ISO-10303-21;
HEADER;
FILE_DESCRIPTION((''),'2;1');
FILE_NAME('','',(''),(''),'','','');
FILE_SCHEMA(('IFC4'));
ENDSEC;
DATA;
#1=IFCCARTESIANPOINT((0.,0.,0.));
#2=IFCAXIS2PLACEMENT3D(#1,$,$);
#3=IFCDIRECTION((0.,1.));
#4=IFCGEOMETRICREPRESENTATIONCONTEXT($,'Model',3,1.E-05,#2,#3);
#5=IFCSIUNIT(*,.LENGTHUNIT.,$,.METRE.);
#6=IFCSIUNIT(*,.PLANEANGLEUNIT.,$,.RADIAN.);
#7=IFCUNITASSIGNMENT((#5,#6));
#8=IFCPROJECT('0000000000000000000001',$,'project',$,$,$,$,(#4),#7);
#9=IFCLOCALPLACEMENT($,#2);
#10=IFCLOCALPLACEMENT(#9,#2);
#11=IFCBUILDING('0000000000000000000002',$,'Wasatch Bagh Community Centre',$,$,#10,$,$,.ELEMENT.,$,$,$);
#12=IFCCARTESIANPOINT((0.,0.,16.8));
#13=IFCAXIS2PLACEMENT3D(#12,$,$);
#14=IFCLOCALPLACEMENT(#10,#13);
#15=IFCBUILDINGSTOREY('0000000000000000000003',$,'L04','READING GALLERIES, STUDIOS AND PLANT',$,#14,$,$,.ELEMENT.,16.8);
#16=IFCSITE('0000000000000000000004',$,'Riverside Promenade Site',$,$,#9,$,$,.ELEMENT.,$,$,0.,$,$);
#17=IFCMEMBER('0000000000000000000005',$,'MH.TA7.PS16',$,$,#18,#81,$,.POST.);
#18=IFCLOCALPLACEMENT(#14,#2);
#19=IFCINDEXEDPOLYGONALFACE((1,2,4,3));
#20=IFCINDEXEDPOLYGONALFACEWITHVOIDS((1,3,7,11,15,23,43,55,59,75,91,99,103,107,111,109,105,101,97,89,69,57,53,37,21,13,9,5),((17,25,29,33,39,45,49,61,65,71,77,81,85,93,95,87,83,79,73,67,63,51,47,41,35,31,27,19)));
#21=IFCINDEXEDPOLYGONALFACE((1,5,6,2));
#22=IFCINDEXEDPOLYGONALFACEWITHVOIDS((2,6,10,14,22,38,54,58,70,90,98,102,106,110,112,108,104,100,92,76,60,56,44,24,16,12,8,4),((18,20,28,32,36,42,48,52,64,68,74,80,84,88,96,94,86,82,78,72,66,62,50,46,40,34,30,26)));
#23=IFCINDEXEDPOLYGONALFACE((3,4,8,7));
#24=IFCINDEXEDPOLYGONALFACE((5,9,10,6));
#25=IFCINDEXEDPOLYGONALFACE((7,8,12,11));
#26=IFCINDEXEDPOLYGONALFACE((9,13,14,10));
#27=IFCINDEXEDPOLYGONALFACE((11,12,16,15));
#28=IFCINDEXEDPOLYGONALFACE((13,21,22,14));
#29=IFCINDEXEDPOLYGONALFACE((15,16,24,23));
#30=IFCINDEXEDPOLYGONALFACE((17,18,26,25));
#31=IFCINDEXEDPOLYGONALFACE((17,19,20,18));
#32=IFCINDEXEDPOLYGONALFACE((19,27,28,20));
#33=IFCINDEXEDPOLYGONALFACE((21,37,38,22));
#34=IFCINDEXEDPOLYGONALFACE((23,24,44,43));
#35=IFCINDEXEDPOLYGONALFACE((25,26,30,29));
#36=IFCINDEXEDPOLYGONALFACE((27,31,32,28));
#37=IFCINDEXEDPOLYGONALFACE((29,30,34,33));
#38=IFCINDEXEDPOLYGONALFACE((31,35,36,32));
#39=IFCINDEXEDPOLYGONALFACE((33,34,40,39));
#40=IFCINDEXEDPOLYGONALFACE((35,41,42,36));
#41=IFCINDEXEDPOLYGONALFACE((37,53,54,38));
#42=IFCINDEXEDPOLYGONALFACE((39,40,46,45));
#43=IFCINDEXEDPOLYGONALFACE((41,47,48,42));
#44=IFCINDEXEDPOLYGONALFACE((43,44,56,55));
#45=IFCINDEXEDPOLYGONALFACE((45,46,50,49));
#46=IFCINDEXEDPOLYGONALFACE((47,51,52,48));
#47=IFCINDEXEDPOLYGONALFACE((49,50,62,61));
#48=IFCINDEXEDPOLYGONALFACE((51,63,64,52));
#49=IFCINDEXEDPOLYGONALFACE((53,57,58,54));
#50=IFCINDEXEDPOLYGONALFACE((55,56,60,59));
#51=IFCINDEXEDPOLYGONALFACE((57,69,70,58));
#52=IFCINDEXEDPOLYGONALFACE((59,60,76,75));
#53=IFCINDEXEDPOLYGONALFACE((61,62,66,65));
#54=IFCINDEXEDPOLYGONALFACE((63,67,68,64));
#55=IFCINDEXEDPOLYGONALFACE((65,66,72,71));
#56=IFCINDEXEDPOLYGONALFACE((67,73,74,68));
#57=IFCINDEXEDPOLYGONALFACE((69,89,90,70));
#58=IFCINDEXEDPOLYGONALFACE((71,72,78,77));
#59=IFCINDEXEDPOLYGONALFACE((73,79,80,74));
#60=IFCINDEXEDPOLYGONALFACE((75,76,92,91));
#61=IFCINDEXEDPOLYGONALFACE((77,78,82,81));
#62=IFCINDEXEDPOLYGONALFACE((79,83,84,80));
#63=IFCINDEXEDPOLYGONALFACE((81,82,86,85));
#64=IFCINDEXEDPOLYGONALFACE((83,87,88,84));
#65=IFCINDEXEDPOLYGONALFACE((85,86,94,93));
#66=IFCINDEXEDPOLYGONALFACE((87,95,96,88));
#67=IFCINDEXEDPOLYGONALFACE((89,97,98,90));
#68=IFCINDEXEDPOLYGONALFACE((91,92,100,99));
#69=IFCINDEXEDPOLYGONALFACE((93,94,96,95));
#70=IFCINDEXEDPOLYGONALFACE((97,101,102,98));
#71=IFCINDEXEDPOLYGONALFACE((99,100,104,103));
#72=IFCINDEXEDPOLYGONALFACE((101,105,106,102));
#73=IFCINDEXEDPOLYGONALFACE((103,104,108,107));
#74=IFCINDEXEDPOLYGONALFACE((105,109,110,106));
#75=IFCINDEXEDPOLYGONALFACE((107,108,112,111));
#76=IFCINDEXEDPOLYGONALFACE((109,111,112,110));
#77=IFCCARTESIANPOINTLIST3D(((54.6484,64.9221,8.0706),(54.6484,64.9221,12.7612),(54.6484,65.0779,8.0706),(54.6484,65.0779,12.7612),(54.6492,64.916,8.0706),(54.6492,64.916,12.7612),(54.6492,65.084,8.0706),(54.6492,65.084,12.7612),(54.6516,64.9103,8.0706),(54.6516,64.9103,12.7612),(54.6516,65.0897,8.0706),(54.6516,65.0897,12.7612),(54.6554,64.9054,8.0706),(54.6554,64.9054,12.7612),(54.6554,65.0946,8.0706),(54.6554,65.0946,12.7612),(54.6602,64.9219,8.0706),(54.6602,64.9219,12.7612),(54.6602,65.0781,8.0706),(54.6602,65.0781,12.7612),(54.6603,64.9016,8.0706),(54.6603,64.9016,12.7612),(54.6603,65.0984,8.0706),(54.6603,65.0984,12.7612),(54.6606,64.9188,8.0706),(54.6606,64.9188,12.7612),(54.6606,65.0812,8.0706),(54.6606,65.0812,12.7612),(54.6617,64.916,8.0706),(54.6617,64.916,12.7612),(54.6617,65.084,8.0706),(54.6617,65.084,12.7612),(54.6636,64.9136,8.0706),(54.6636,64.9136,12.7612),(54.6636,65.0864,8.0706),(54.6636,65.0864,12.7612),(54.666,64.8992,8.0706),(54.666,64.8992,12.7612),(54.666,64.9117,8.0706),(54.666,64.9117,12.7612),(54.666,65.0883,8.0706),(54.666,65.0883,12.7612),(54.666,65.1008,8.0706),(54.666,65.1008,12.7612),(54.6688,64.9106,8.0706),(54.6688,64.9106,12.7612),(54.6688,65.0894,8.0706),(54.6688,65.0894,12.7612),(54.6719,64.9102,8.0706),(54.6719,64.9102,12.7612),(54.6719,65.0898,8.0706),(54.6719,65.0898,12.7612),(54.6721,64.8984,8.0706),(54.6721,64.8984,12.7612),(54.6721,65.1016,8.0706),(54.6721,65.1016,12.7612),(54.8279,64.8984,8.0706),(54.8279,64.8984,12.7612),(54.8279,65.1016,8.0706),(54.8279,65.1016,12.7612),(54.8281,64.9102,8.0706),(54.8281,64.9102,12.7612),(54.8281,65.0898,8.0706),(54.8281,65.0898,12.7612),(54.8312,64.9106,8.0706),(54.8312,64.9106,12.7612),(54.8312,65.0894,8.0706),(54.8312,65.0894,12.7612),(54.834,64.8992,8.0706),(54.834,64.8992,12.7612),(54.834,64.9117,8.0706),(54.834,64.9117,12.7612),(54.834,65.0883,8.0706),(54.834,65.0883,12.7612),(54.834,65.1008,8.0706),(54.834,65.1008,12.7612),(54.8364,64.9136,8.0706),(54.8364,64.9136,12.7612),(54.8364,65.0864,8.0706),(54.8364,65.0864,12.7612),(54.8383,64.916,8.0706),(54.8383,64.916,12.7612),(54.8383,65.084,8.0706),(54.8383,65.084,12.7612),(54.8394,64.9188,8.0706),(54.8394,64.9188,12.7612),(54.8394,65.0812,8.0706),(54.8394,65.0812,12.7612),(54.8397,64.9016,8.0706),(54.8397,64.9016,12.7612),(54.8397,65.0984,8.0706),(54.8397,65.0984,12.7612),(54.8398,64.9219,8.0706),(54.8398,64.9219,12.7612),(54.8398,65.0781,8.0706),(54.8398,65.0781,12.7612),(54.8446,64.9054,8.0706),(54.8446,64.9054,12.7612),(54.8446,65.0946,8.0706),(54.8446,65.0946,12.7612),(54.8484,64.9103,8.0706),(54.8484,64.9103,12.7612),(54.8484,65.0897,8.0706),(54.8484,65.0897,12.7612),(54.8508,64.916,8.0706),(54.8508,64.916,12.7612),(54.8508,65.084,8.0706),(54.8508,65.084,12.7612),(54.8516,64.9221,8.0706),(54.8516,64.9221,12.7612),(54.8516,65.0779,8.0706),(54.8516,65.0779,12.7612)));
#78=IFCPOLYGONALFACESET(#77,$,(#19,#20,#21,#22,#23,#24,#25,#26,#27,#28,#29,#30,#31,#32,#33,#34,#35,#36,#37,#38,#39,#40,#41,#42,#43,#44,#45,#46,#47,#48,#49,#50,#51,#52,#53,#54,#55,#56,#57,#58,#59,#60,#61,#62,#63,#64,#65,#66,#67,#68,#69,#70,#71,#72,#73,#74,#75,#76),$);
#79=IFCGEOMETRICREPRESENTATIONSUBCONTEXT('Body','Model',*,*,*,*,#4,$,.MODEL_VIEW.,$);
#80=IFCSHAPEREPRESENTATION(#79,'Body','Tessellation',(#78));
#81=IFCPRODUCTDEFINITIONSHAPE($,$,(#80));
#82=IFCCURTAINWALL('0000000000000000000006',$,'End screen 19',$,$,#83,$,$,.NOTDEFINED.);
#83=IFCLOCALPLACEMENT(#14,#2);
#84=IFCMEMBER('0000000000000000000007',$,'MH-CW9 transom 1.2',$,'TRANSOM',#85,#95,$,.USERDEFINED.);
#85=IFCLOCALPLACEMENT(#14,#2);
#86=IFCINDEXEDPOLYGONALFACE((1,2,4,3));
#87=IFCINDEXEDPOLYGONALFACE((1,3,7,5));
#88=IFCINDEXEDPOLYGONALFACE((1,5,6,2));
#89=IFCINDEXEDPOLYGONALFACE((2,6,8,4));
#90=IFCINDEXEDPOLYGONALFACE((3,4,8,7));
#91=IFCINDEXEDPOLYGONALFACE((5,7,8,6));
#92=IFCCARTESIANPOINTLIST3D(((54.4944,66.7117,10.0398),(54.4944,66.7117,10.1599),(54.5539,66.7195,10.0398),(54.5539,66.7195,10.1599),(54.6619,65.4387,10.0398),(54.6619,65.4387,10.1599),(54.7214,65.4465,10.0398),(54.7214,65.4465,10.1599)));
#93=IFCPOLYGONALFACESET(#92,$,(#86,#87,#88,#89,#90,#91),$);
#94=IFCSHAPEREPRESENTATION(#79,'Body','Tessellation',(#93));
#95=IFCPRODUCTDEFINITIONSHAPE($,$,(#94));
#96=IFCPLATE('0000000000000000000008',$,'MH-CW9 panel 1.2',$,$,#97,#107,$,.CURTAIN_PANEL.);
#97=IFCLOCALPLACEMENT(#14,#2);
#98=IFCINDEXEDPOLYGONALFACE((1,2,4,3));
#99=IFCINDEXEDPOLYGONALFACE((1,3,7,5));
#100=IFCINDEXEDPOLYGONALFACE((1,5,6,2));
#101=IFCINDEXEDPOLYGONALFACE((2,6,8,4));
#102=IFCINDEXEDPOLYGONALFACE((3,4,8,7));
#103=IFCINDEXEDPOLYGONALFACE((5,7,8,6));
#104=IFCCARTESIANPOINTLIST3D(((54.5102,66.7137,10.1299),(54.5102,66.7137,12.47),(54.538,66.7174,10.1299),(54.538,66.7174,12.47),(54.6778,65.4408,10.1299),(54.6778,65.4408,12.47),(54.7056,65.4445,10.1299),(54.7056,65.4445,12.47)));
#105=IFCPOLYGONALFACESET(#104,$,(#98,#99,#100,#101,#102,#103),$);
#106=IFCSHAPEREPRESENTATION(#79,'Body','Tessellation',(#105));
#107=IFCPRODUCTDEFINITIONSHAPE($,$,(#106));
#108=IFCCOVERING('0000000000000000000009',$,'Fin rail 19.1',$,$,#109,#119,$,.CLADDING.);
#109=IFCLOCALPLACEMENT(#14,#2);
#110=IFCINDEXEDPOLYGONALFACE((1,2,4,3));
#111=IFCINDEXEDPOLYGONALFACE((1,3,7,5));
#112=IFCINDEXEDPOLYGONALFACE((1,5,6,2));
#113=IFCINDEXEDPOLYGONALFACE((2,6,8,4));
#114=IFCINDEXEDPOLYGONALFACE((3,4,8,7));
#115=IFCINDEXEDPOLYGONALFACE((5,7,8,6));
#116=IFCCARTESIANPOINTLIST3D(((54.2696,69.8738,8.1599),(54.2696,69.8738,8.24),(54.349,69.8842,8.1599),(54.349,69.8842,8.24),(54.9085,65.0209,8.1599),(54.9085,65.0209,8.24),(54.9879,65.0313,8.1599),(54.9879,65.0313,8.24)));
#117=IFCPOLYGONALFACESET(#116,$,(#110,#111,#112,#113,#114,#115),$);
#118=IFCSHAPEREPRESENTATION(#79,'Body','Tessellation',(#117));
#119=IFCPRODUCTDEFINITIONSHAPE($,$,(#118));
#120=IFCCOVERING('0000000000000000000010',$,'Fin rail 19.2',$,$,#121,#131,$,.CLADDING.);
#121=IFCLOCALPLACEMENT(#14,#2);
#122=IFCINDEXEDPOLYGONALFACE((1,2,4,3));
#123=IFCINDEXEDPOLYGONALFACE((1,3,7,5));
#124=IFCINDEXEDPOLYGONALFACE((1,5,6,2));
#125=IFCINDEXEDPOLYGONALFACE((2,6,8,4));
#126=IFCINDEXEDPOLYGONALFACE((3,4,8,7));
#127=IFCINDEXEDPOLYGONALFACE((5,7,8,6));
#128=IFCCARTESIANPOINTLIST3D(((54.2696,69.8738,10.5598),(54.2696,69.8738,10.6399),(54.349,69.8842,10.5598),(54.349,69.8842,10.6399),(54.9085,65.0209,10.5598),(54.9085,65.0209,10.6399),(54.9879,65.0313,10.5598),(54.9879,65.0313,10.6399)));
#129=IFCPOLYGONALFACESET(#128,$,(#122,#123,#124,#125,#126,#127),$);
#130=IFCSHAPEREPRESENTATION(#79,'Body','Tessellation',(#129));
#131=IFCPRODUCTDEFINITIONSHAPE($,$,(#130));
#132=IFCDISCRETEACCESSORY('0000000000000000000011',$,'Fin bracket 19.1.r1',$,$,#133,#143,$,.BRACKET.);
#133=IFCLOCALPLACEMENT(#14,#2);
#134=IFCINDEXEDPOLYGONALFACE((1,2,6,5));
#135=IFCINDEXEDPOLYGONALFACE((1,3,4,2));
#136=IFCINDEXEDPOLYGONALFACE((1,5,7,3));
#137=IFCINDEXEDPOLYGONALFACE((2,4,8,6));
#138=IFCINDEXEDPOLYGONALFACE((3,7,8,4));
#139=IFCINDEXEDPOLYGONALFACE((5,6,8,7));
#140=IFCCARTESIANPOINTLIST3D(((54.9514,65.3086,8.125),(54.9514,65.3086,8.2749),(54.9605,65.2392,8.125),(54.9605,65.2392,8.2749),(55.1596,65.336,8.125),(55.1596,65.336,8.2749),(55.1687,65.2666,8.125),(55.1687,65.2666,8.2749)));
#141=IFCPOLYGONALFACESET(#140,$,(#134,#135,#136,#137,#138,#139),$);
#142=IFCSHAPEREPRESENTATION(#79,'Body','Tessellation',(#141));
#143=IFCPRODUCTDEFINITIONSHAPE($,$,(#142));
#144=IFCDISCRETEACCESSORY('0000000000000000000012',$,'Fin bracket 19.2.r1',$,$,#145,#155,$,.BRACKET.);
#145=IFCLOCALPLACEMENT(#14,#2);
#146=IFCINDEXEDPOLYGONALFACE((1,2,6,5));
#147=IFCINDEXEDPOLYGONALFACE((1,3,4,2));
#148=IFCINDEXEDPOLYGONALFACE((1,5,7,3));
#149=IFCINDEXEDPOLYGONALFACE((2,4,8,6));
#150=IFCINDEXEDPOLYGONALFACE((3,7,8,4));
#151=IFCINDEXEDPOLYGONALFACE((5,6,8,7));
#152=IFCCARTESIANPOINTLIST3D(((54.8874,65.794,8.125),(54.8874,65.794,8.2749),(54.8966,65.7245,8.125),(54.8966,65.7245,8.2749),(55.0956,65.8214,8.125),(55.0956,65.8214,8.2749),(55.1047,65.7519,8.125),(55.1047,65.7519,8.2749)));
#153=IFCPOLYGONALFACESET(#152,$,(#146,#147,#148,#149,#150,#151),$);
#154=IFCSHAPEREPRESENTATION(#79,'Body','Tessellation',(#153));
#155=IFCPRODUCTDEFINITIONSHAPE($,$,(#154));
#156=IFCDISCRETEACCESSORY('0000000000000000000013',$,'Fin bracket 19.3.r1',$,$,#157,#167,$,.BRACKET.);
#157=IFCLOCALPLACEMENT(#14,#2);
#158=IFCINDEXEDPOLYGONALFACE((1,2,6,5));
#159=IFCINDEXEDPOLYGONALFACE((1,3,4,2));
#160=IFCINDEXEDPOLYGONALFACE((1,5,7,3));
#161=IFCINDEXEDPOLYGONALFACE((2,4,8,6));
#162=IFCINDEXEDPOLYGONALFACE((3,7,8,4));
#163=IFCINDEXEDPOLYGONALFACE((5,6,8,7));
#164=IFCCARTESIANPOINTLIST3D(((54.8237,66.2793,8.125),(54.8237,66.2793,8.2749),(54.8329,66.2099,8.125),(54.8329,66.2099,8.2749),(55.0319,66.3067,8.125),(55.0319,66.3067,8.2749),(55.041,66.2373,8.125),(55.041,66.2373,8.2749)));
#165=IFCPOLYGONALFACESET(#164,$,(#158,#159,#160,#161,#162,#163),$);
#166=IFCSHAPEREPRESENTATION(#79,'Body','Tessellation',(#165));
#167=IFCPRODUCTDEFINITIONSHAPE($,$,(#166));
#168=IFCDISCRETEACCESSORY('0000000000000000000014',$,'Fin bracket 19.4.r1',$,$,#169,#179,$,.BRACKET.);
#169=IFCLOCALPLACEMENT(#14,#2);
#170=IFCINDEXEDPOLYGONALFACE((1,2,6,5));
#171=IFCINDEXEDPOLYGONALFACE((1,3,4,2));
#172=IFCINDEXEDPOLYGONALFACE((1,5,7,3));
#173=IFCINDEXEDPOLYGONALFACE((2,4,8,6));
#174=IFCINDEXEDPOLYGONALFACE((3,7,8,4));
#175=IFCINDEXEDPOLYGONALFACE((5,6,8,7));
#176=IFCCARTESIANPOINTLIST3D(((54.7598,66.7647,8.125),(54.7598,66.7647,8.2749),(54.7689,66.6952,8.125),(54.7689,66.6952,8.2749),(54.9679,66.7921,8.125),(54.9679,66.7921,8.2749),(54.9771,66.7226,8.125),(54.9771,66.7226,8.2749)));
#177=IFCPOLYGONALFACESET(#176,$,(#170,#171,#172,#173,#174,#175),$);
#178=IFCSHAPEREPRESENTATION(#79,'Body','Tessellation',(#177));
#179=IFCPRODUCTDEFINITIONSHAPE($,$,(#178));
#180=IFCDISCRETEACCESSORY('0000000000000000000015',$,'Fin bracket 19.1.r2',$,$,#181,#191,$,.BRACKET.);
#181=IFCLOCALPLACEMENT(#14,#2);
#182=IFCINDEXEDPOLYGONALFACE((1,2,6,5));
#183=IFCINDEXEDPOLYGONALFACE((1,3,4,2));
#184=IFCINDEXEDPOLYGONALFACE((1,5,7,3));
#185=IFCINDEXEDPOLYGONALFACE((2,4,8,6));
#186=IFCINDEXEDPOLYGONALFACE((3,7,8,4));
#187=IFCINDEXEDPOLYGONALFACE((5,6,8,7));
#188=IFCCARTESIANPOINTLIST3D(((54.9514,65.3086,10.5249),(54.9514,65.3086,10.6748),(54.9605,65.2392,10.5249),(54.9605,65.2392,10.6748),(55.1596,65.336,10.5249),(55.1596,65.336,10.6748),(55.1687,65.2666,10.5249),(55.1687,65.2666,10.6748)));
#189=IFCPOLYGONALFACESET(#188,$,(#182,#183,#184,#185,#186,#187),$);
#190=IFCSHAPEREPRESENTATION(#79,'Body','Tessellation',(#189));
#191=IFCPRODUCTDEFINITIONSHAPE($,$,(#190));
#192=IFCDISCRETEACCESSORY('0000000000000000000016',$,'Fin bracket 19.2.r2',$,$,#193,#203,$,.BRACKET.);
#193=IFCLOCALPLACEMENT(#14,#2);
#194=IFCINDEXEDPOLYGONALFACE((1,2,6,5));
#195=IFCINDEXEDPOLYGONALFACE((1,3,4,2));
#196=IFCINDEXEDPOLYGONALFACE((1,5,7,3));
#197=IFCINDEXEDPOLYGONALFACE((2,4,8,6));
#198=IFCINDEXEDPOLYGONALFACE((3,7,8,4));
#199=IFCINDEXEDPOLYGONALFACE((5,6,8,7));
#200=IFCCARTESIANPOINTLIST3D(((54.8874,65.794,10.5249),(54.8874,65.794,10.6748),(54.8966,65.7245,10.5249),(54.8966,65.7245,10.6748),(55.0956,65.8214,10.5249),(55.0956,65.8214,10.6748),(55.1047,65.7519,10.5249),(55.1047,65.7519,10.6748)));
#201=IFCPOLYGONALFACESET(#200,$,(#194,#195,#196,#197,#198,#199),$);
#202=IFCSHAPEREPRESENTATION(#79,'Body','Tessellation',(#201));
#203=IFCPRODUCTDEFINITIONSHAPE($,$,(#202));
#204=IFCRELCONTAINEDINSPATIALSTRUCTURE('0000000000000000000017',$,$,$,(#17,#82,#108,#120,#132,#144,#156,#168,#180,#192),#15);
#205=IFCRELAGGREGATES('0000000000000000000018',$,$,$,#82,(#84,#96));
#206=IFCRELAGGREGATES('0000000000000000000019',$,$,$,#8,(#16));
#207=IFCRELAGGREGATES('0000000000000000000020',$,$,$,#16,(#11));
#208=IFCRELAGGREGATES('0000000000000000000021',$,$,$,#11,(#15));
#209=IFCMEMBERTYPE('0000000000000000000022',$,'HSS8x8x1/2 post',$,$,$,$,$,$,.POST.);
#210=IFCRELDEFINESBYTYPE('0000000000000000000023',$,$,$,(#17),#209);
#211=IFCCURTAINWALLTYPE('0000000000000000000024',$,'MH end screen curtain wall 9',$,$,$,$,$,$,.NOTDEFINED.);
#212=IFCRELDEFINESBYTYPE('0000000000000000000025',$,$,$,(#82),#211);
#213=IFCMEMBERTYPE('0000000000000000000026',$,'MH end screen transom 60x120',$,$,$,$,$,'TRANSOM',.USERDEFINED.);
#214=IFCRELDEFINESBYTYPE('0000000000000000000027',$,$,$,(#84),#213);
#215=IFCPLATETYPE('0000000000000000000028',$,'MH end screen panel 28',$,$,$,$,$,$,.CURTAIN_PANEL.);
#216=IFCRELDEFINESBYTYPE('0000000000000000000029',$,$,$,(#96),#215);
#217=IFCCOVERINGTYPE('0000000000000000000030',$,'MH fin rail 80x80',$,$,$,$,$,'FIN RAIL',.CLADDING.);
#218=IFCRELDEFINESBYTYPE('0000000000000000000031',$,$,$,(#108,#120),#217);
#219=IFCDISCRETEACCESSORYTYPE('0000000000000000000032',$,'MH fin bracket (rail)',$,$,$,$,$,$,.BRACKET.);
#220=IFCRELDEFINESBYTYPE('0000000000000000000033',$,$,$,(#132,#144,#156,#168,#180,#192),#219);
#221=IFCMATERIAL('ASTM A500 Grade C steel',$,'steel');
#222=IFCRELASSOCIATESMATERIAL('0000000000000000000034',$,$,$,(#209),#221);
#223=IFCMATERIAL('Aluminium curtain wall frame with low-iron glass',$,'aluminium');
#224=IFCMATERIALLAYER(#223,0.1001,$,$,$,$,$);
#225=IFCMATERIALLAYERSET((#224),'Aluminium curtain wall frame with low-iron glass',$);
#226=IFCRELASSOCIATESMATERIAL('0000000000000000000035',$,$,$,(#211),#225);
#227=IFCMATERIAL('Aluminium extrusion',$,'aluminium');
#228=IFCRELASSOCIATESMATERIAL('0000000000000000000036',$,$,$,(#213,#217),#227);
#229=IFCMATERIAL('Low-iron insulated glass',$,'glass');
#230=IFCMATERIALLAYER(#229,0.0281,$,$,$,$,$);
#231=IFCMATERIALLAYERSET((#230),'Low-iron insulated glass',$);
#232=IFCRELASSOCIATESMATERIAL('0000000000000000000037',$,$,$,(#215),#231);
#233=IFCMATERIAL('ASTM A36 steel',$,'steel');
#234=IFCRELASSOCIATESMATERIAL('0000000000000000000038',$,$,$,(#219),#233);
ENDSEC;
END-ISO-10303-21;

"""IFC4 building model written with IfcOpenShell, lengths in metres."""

from ifc_helpers import new_model, si_unit, direction, frame, origin, origin_2d, place, context, subcontext, project, spatial, rectangle, hollow_rectangle, extrude, material, layer, layer_set, material_profile, profile_set, type_object, element, aggregate, save


model = new_model("IFC4")

# Units and contexts
model_context = context("Model", 3, precision=1e-05, world=origin(), true_north=direction((0.0, 1.0)))
body_context = subcontext(model_context, "Body", "Model", "MODEL_VIEW")
ifc_project = project(units=[si_unit("LENGTHUNIT", "METRE"), si_unit("PLANEANGLEUNIT", "RADIAN")], contexts=[model_context])

# Site, building, storey
site_placement = place(None, origin())
site = spatial("IfcSite", under=ifc_project, at=site_placement, Name="Riverside Promenade Site", CompositionType="ELEMENT", RefElevation=0.0)
building_placement = place(site_placement, origin())
building = spatial("IfcBuilding", under=site, at=building_placement, Name="Wasatch Bagh Community Centre", CompositionType="ELEMENT")
storey_placement = place(building_placement, frame((0.0, 0.0, 16.8)))
storey = spatial("IfcBuildingStorey", under=building, at=storey_placement, Name="L04", Description="READING GALLERIES, STUDIOS AND PLANT", CompositionType="ELEMENT", Elevation=16.8)

# Member
ifc_material_1 = material(Name="ASTM A500 Grade C steel", Category="steel")
ifc_material_profile_1 = material_profile(ifc_material_1, hollow_rectangle(XDim=0.2031, YDim=0.2031, WallThickness=0.0117, InnerFilletRadius=0.0117, OuterFilletRadius=0.0237, at=origin_2d()), Name="HSS8x8x1/2")
ifc_profile_set_1 = profile_set([ifc_material_profile_1], Name="ASTM A500 Grade C steel")
member_type_1 = type_object("IfcMemberType", Name="HSS8x8x1/2 post", PredefinedType="POST", material=ifc_profile_set_1)
member_1_placement = place(storey_placement, frame((54.75, 65.0, 8.0706), z_axis=(0.0, 0.0, 1.0), x_axis=(1.0, 0.0, 0.0)))
element("IfcMember", 1, at=member_1_placement, inside=storey, type_object=member_type_1, Name="MH.TA7.PS16", PredefinedType="POST", context=body_context, shape_type="SweptSolid", body=[
    extrude(hollow_rectangle(XDim=0.2031, YDim=0.2031, WallThickness=0.0117, InnerFilletRadius=0.0117, OuterFilletRadius=0.0237, at=origin_2d()), origin(), (0.0, 0.0, 1.0), 4.6907),
])

# Curtain wall, member, plate
ifc_material_2 = material(Name="Aluminium curtain wall frame with low-iron glass", Category="aluminium")
ifc_layer_1 = layer(ifc_material_2, 0.1001)
ifc_layer_set_1 = layer_set([ifc_layer_1], Name="Aluminium curtain wall frame with low-iron glass")
curtain_wall_type = type_object("IfcCurtainWallType", Name="MH end screen curtain wall 9", PredefinedType="NOTDEFINED", material=ifc_layer_set_1)
curtain_wall_placement = place(storey_placement, origin())
curtain_wall = element("IfcCurtainWall", 2, at=curtain_wall_placement, inside=storey, type_object=curtain_wall_type, Name="End screen 19", PredefinedType="NOTDEFINED")
ifc_material_3 = material(Name="Aluminium extrusion", Category="aluminium")
ifc_material_profile_2 = material_profile(ifc_material_3, rectangle(XDim=0.0601, YDim=0.1201, at=origin_2d()), Name="AL 60x120")
ifc_profile_set_2 = profile_set([ifc_material_profile_2], Name="Aluminium extrusion")
member_type_2 = type_object("IfcMemberType", Name="MH end screen transom 60x120", ElementType="TRANSOM", PredefinedType="USERDEFINED", material=ifc_profile_set_2)
member_2_placement = place(storey_placement, frame((54.6917, 65.4426, 10.0999), z_axis=(-0.130445, 0.991456, 0.0), x_axis=(-0.991456, -0.130445, 0.0)))
member_2 = element("IfcMember", 3, at=member_2_placement, type_object=member_type_2, Name="MH-CW9 transom 1.2", ObjectType="TRANSOM", PredefinedType="USERDEFINED", context=body_context, shape_type="SweptSolid", body=[
    extrude(rectangle(XDim=0.0601, YDim=0.1201, at=origin_2d()), origin(), (0.0, 0.0, 1.0), 1.2839),
])
ifc_material_4 = material(Name="Low-iron insulated glass", Category="glass")
ifc_layer_2 = layer(ifc_material_4, 0.0281)
ifc_layer_set_2 = layer_set([ifc_layer_2], Name="Low-iron insulated glass")
plate_type = type_object("IfcPlateType", Name="MH end screen panel 28", PredefinedType="CURTAIN_PANEL", material=ifc_layer_set_2)
plate_placement = place(storey_placement, frame((54.6079, 66.0791, 10.1299), z_axis=(0.0, 0.0, 1.0), x_axis=(-0.130526, 0.991445, 0.0)))
plate = element("IfcPlate", 4, at=plate_placement, type_object=plate_type, Name="MH-CW9 panel 1.2", PredefinedType="CURTAIN_PANEL", context=body_context, shape_type="SweptSolid", body=[
    extrude(rectangle(XDim=1.2839, YDim=0.0281, at=origin_2d()), origin(), (0.0, 0.0, 1.0), 2.3401),
])
aggregate(curtain_wall, [member_2, plate])

# Coverings
ifc_material_profile_3 = material_profile(ifc_material_3, rectangle(XDim=0.0801, YDim=0.0801, at=origin_2d()), Name="AL 80x80")
ifc_profile_set_3 = profile_set([ifc_material_profile_3], Name="Aluminium extrusion")
covering_type = type_object("IfcCoveringType", Name="MH fin rail 80x80", ElementType="FIN RAIL", PredefinedType="CLADDING", material=ifc_profile_set_3)
for number, where, z_axis, x_axis, name in (
    (5, (54.9482, 65.0261, 8.2), (-0.130533, 0.991444, 0.0), (-0.991444, -0.130533, 0.0), "Fin rail 19.1"),
    (6, (54.9482, 65.0261, 10.5999), (-0.130533, 0.991444, 0.0), (-0.991444, -0.130533, 0.0), "Fin rail 19.2"),
):
    element("IfcCovering", number, at=place(storey_placement, frame(where, z_axis=z_axis, x_axis=x_axis)), inside=storey, type_object=covering_type, Name=name, PredefinedType="CLADDING", context=body_context, shape_type="SweptSolid", body=[
        extrude(rectangle(XDim=0.0801, YDim=0.0801, at=origin_2d()), origin(), (0.0, 0.0, 1.0), 4.8948),
    ])

# Discrete accessories
ifc_material_5 = material(Name="ASTM A36 steel", Category="steel")
discrete_accessory_type_1 = type_object("IfcDiscreteAccessoryType", Name="MH fin bracket (rail)", PredefinedType="BRACKET", material=ifc_material_5)
for number, where, z_axis, x_axis, name in (
    (7, (55.0601, 65.2876, 8.125), (0.0, 0.0, 1.0), (-0.130526, 0.991445, 0.0), "Fin bracket 19.1.r1"),
    (8, (54.9961, 65.7729, 8.125), (0.0, 0.0, 1.0), (-0.130526, 0.991445, 0.0), "Fin bracket 19.2.r1"),
    (9, (54.9324, 66.2583, 8.125), (0.0, 0.0, 1.0), (-0.130526, 0.991445, 0.0), "Fin bracket 19.3.r1"),
    (10, (54.8684, 66.7437, 8.125), (0.0, 0.0, 1.0), (-0.130526, 0.991445, 0.0), "Fin bracket 19.4.r1"),
    (11, (55.0601, 65.2876, 10.5249), (0.0, 0.0, 1.0), (-0.130526, 0.991445, 0.0), "Fin bracket 19.1.r2"),
    (12, (54.9961, 65.7729, 10.5249), (0.0, 0.0, 1.0), (-0.130526, 0.991445, 0.0), "Fin bracket 19.2.r2"),
):
    element("IfcDiscreteAccessory", number, at=place(storey_placement, frame(where, z_axis=z_axis, x_axis=x_axis)), inside=storey, type_object=discrete_accessory_type_1, Name=name, PredefinedType="BRACKET", context=body_context, shape_type="SweptSolid", body=[
        extrude(rectangle(XDim=0.0701, YDim=0.21, at=origin_2d()), origin(), (0.0, 0.0, 1.0), 0.1499),
    ])

save(model, "model.ifc")
